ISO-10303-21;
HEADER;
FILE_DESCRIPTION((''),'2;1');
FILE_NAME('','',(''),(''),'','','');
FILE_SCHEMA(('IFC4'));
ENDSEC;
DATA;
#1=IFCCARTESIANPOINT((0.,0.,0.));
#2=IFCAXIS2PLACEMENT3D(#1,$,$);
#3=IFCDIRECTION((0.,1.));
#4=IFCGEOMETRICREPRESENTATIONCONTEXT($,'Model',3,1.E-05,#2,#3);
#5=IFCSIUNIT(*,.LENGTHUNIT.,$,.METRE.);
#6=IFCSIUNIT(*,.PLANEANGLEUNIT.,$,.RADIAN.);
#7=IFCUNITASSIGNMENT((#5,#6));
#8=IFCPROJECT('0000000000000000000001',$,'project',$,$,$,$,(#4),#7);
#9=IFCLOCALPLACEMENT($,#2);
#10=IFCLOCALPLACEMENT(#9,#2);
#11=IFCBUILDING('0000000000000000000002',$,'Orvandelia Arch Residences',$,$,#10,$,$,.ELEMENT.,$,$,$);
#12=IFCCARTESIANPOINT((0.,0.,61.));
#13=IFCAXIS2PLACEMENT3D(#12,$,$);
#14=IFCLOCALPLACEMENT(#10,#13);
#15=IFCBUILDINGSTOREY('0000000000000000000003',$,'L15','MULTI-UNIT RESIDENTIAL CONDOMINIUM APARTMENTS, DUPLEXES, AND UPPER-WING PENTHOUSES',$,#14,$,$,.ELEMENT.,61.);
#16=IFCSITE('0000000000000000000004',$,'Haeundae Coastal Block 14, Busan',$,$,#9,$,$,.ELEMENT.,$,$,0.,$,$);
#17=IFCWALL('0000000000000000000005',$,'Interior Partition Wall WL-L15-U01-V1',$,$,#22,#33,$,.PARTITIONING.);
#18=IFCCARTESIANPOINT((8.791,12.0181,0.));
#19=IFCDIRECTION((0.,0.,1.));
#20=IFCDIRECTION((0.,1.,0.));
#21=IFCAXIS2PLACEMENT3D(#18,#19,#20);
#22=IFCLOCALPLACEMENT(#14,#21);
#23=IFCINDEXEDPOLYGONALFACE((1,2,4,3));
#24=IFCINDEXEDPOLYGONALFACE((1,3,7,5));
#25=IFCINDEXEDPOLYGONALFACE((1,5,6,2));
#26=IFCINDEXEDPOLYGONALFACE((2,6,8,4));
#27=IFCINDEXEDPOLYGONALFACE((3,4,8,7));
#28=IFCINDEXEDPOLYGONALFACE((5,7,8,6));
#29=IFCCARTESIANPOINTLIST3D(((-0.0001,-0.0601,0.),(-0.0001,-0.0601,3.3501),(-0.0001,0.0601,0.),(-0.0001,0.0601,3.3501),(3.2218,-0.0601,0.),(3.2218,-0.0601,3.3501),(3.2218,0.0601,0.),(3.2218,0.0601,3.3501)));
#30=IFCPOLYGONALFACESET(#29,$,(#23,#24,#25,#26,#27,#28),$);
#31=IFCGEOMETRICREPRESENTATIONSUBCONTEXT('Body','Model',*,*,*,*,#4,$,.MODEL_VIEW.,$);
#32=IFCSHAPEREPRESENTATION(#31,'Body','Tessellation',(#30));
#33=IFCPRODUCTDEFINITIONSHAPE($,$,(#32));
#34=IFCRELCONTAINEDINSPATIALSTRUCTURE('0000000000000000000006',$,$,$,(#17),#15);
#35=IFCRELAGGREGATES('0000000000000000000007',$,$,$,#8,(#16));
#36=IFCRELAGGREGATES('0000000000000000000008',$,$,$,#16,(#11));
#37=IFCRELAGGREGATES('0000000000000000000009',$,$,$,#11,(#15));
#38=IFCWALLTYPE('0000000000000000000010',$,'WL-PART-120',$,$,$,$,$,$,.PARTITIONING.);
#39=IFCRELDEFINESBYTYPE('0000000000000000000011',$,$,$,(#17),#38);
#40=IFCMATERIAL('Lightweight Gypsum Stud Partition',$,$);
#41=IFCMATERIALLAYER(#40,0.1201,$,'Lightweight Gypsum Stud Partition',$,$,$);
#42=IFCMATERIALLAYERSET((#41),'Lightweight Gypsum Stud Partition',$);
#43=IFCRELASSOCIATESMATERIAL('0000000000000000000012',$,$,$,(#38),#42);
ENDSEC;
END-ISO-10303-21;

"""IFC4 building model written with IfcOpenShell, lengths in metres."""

from ifc_helpers import new_model, si_unit, direction, frame, frame_2d, origin, place, context, subcontext, project, spatial, rectangle, extrude, material, layer, layer_set, type_object, element, save


model = new_model("IFC4")

# Units and contexts
model_context = context("Model", 3, precision=1e-05, world=origin(), true_north=direction((0.0, 1.0)))
body_context = subcontext(model_context, "Body", "Model", "MODEL_VIEW")
ifc_project = project(units=[si_unit("LENGTHUNIT", "METRE"), si_unit("PLANEANGLEUNIT", "RADIAN")], contexts=[model_context])

# Site, building, storey
site_placement = place(None, origin())
site = spatial("IfcSite", under=ifc_project, at=site_placement, Name="Haeundae Coastal Block 14, Busan", CompositionType="ELEMENT", RefElevation=0.0)
building_placement = place(site_placement, origin())
building = spatial("IfcBuilding", under=site, at=building_placement, Name="Orvandelia Arch Residences", CompositionType="ELEMENT")
storey_placement = place(building_placement, frame((0.0, 0.0, 61.0)))
storey = spatial("IfcBuildingStorey", under=building, at=storey_placement, Name="L15", Description="MULTI-UNIT RESIDENTIAL CONDOMINIUM APARTMENTS, DUPLEXES, AND UPPER-WING PENTHOUSES", CompositionType="ELEMENT", Elevation=61.0)

# Wall
ifc_material_1 = material(Name="Lightweight Gypsum Stud Partition")
ifc_layer_1 = layer(ifc_material_1, 0.1201, Name="Lightweight Gypsum Stud Partition")
ifc_layer_set_1 = layer_set([ifc_layer_1], Name="Lightweight Gypsum Stud Partition")
wall_type_1 = type_object("IfcWallType", Name="WL-PART-120", PredefinedType="PARTITIONING", material=ifc_layer_set_1)
wall_1_placement = place(storey_placement, frame((8.791, 12.0181, 0.0), z_axis=(0.0, 0.0, 1.0), x_axis=(0.0, 1.0, 0.0)))
element("IfcWall", 1, at=wall_1_placement, inside=storey, type_object=wall_type_1, Name="Interior Partition Wall WL-L15-U01-V1", PredefinedType="PARTITIONING", context=body_context, shape_type="SweptSolid", body=[
    extrude(rectangle(XDim=3.2219, YDim=0.1201, at=frame_2d((1.6108, 0.0))), origin(), (0.0, 0.0, 1.0), 3.3501),
])

save(model, "model.ifc")
